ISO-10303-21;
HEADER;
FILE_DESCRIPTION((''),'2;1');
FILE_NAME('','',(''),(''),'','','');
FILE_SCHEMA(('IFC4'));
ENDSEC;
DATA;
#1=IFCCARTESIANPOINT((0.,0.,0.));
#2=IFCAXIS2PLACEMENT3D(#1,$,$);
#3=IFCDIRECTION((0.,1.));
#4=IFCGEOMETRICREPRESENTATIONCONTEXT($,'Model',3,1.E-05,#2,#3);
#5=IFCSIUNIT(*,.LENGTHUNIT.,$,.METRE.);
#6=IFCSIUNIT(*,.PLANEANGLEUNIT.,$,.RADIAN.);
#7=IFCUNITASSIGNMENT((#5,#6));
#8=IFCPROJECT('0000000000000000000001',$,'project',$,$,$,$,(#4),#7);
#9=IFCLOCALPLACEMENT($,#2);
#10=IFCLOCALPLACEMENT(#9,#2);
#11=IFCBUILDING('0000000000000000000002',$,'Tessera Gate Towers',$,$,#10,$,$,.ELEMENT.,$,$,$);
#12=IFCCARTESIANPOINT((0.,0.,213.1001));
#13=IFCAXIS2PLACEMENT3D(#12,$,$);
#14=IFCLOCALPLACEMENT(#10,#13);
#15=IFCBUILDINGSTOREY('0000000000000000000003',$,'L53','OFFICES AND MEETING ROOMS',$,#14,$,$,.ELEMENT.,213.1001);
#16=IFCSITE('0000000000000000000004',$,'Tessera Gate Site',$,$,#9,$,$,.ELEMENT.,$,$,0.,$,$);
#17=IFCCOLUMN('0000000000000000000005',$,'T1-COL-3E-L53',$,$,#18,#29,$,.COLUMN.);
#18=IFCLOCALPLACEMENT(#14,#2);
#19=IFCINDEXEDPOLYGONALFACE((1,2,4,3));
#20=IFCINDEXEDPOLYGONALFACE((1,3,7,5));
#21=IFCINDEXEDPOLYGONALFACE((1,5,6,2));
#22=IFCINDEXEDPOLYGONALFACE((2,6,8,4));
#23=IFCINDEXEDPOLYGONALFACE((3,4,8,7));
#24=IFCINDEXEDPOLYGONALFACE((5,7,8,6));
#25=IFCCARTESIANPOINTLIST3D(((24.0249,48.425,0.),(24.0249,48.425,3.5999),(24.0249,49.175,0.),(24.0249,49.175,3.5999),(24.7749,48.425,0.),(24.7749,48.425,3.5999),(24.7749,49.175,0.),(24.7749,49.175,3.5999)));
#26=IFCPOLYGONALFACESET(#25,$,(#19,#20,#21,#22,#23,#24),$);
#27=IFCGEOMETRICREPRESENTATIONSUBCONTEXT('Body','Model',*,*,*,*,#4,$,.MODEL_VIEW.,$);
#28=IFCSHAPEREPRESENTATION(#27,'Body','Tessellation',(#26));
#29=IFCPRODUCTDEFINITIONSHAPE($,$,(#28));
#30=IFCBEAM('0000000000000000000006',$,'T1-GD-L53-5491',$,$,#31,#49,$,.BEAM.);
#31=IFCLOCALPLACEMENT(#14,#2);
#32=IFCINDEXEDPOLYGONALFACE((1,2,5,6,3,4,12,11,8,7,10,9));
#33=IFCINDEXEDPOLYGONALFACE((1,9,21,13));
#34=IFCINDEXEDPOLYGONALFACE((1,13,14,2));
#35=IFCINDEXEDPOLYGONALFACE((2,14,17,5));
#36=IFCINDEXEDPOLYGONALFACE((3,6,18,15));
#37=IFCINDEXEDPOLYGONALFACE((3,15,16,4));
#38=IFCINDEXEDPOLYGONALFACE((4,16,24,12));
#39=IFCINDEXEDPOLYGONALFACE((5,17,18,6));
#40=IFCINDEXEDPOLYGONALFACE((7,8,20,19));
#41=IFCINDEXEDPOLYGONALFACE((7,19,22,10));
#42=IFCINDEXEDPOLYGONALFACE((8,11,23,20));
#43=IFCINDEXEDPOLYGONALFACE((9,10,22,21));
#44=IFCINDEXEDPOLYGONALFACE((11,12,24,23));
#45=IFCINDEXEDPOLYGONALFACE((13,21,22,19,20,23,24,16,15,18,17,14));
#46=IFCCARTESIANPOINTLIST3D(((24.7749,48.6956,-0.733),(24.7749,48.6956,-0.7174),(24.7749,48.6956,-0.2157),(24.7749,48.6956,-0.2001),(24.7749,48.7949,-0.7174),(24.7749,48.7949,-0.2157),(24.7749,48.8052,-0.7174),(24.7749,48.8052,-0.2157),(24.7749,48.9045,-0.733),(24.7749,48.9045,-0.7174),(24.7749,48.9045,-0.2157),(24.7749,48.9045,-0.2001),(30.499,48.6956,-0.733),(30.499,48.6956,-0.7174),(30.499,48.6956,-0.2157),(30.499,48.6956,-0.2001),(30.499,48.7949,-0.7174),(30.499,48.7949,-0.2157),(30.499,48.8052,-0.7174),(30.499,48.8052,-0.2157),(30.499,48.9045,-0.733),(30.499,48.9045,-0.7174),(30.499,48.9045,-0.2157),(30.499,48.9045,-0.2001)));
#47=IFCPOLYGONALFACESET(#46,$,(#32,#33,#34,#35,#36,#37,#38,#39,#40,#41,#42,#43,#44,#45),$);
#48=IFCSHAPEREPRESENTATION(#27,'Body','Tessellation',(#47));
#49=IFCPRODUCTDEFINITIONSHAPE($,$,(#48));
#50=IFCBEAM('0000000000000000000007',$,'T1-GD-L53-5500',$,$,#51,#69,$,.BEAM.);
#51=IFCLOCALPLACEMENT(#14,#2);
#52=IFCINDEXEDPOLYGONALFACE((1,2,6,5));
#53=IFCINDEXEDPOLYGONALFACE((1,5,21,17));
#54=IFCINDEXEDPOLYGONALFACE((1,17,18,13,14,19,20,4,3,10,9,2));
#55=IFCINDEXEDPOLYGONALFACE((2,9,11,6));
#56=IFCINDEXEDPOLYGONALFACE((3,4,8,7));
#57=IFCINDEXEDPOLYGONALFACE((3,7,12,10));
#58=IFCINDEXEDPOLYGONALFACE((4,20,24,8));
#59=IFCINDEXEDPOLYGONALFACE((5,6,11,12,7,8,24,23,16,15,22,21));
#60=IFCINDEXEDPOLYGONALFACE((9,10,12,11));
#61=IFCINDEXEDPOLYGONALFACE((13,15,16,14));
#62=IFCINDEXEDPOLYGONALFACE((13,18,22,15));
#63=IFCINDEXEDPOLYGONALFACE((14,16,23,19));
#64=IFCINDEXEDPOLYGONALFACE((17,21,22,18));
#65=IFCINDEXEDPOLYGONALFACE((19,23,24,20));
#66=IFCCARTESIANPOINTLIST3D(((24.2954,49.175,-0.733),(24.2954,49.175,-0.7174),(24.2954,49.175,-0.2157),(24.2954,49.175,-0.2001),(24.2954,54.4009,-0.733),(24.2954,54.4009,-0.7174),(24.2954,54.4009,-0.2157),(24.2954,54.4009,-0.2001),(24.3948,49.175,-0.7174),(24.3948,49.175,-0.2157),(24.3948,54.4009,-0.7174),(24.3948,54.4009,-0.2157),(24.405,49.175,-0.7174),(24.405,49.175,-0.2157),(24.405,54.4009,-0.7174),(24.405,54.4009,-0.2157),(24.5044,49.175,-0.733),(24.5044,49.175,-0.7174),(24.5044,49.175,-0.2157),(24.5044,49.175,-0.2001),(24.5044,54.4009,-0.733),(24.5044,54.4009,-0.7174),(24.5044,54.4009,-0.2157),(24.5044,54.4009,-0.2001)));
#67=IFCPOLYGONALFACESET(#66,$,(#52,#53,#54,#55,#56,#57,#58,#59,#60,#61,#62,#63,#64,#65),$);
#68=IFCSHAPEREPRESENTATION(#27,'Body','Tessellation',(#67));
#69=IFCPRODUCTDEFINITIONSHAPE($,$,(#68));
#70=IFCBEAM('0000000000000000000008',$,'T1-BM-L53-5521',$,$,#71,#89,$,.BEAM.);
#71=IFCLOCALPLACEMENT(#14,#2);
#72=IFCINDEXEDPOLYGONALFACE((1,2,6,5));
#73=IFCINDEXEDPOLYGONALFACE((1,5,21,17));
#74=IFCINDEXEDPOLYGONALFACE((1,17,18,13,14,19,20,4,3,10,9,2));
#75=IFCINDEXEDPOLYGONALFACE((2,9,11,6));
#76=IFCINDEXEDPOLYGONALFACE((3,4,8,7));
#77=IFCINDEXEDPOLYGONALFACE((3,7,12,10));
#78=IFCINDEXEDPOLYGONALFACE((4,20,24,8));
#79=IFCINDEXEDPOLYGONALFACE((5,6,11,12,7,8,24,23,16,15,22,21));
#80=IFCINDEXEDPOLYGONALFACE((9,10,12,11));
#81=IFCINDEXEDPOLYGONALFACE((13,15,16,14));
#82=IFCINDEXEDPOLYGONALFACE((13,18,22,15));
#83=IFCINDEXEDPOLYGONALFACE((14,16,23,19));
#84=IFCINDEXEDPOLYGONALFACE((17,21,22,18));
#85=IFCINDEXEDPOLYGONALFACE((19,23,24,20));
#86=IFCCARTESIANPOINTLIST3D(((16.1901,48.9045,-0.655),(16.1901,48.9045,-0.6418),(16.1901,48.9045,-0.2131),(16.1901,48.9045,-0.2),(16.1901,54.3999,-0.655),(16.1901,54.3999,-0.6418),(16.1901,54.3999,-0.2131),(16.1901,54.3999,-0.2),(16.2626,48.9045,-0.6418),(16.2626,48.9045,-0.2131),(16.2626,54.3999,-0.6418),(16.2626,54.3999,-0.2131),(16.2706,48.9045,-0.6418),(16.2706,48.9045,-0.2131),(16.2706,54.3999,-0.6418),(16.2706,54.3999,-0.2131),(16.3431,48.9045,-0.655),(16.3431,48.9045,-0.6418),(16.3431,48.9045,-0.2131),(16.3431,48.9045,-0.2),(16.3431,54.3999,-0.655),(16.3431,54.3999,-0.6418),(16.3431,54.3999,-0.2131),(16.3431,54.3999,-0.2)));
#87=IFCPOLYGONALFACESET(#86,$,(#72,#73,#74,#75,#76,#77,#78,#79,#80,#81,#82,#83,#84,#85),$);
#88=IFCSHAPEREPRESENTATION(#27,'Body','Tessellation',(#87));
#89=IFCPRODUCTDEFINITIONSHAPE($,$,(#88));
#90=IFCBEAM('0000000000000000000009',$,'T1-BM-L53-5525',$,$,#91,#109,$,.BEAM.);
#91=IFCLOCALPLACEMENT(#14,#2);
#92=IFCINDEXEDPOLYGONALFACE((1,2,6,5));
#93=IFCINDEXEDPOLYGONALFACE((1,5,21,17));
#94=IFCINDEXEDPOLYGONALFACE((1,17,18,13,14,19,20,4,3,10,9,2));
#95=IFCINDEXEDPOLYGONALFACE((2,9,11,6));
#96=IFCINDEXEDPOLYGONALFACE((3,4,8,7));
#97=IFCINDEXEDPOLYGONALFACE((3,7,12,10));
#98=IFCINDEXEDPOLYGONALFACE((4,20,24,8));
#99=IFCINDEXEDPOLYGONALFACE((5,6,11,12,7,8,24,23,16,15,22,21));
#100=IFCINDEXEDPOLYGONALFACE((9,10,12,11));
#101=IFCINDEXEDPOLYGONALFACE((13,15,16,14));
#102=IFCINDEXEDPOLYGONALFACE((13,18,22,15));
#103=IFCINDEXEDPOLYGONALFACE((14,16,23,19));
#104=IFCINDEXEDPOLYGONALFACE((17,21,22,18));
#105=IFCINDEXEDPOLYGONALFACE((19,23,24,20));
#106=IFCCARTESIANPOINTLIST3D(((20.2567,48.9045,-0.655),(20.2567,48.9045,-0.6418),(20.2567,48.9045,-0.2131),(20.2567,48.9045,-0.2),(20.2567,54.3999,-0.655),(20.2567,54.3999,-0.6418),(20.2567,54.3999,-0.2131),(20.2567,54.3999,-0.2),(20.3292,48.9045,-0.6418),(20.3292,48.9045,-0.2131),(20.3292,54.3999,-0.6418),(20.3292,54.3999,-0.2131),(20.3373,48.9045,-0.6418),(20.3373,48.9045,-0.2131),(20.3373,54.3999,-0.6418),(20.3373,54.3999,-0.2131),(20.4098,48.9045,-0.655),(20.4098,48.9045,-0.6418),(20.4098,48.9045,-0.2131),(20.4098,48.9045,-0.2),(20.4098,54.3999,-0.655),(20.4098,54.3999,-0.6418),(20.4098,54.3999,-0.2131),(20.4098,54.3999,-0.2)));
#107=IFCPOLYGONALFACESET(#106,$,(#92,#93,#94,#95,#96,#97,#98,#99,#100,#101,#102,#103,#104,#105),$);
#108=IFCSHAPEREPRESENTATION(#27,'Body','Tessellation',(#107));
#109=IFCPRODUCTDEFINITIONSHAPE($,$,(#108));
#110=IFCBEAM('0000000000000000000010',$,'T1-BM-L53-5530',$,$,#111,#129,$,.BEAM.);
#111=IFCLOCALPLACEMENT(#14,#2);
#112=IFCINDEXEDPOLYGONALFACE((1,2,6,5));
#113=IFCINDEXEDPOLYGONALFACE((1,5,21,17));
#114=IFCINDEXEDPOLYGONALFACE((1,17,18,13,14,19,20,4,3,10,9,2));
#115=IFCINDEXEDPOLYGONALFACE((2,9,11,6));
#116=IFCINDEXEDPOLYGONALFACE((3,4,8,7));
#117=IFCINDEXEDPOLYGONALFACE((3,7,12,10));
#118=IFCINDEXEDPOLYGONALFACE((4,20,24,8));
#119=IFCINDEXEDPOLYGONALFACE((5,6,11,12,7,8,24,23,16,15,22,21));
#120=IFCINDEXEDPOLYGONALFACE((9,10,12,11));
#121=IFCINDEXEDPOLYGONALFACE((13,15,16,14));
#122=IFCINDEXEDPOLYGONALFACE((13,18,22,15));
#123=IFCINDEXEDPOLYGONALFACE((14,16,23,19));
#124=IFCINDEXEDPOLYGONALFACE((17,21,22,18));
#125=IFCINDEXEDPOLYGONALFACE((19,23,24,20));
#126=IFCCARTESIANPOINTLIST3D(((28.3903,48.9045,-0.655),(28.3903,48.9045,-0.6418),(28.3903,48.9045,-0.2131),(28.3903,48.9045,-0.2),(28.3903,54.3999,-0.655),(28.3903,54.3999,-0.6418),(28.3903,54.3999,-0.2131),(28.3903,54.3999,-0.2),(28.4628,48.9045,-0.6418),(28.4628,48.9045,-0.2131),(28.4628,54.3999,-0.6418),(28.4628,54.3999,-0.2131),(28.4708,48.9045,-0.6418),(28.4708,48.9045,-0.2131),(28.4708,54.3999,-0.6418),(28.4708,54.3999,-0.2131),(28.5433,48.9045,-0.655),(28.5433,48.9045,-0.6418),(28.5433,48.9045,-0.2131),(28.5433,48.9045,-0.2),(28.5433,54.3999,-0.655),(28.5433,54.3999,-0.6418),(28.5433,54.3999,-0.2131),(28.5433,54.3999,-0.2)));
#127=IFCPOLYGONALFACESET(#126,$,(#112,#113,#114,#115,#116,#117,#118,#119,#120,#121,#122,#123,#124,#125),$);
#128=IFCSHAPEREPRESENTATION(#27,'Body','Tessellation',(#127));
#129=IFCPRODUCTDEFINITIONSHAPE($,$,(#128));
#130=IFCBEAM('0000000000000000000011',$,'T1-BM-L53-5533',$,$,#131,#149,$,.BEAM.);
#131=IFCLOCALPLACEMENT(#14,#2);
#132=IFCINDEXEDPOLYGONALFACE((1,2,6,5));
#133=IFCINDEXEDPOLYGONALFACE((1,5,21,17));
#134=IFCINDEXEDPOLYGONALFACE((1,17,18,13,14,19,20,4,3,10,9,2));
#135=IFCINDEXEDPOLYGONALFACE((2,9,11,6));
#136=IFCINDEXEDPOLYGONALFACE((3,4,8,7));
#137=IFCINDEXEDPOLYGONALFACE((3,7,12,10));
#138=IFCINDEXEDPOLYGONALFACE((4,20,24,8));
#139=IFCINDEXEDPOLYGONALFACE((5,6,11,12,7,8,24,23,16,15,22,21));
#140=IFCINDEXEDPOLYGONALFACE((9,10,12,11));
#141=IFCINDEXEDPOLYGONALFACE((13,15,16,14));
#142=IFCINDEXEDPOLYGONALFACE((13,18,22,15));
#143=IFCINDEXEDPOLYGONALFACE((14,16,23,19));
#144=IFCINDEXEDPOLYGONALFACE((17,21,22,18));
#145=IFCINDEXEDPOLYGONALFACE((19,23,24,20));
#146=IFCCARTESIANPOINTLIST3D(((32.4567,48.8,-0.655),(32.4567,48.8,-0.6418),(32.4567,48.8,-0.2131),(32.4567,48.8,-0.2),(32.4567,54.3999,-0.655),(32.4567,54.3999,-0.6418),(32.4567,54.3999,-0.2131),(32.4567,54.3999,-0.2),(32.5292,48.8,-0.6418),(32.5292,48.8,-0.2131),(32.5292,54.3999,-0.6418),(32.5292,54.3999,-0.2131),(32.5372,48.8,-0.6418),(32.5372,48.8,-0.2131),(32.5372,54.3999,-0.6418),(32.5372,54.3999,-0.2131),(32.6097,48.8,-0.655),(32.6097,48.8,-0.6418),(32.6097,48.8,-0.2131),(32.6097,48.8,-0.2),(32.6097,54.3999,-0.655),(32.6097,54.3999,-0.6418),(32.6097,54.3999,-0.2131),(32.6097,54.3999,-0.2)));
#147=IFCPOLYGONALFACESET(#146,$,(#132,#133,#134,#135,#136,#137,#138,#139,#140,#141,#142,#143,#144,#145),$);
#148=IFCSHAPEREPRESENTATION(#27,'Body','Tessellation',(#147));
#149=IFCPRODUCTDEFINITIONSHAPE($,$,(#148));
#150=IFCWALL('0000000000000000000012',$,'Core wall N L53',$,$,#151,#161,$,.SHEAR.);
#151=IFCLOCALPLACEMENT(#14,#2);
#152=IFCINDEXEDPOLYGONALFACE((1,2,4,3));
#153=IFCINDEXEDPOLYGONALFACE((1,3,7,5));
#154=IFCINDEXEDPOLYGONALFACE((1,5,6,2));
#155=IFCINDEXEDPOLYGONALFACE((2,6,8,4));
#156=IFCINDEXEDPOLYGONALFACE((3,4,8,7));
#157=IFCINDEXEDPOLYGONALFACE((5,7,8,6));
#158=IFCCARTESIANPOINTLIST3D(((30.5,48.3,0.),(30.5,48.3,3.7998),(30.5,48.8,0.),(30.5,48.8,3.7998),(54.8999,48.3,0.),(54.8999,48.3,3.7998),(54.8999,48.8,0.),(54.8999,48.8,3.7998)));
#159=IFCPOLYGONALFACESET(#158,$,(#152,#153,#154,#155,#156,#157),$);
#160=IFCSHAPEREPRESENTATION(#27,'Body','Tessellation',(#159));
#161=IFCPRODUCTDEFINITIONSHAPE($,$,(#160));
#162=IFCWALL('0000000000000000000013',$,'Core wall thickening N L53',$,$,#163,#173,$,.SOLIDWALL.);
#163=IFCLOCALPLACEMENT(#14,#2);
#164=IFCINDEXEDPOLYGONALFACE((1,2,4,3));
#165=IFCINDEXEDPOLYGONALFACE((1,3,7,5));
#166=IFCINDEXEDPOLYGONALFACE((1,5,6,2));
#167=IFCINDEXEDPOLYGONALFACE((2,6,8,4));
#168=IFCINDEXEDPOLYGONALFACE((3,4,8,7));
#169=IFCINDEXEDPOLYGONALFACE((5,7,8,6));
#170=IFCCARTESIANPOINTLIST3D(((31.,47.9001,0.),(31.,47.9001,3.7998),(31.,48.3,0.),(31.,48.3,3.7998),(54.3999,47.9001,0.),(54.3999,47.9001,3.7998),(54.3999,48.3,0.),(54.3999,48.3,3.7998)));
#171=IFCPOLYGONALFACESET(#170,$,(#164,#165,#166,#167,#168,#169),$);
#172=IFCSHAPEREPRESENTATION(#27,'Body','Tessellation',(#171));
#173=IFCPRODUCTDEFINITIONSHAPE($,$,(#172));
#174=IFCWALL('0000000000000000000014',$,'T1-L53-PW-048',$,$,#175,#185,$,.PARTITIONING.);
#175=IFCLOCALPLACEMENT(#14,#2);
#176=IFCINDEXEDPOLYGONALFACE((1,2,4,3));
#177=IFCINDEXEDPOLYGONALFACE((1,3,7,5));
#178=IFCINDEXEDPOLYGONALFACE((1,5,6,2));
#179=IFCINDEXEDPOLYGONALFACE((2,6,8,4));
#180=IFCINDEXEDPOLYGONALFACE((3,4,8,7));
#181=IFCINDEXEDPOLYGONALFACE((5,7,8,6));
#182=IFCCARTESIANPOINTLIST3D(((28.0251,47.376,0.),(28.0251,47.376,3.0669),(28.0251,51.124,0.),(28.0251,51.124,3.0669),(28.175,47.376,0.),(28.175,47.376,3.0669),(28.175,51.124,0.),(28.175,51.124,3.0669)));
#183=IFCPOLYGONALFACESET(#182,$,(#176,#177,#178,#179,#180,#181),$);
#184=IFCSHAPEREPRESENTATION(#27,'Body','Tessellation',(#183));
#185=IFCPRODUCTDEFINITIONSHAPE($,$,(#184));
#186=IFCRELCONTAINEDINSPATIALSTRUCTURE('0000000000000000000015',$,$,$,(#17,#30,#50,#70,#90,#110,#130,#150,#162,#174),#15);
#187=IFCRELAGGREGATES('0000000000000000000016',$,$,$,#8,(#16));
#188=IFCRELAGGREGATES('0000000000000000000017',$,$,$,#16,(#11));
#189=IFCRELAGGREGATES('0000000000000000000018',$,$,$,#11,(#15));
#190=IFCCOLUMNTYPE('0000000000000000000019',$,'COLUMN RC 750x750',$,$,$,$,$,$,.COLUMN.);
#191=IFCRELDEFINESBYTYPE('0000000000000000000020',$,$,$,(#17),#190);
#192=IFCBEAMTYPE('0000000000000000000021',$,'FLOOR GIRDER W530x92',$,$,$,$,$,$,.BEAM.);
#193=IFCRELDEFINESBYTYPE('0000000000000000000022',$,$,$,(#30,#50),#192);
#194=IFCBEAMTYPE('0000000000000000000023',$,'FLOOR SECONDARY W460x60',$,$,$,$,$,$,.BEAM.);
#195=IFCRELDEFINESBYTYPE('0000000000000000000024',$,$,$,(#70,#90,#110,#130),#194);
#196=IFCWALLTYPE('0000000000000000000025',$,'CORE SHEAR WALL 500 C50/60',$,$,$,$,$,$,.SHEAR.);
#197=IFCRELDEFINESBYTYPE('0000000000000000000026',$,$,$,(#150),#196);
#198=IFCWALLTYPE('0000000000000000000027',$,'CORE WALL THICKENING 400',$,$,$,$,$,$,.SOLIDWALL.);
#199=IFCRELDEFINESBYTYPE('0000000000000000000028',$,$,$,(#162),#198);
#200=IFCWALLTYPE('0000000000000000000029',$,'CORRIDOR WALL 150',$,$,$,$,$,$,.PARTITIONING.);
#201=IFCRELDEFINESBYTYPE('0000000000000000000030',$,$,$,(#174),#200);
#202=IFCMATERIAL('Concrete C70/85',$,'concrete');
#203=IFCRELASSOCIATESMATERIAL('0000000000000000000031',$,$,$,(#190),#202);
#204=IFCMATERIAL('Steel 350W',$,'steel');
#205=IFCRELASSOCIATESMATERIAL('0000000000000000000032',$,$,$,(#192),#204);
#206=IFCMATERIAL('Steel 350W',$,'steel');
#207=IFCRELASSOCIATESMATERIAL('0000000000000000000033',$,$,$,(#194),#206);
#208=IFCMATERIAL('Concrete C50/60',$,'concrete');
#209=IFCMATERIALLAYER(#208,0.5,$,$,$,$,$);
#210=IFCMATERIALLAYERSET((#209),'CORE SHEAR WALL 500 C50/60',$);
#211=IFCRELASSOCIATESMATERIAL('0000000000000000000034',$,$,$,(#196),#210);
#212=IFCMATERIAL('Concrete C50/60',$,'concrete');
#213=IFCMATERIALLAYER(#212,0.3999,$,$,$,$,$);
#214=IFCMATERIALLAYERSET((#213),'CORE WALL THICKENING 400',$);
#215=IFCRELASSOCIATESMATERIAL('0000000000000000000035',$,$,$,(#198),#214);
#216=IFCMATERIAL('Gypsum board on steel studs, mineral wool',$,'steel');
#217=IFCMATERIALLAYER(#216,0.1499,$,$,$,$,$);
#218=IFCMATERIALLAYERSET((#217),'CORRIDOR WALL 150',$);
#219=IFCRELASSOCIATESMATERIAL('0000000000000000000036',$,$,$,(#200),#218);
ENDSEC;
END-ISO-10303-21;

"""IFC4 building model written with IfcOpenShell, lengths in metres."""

from ifc_helpers import new_model, si_unit, direction, frame, frame_2d, origin, origin_2d, place, context, subcontext, project, spatial, rectangle, i_section, extrude, material, layer, layer_set, material_profile, profile_set, type_object, element, save


model = new_model("IFC4")

# Units and contexts
model_context = context("Model", 3, precision=1e-05, world=origin(), true_north=direction((0.0, 1.0)))
body_context = subcontext(model_context, "Body", "Model", "MODEL_VIEW")
ifc_project = project(units=[si_unit("LENGTHUNIT", "METRE"), si_unit("PLANEANGLEUNIT", "RADIAN")], contexts=[model_context])

# Site, building, storey
site_placement = place(None, origin())
site = spatial("IfcSite", under=ifc_project, at=site_placement, Name="Tessera Gate Site", CompositionType="ELEMENT", RefElevation=0.0)
building_placement = place(site_placement, origin())
building = spatial("IfcBuilding", under=site, at=building_placement, Name="Tessera Gate Towers", CompositionType="ELEMENT")
storey_placement = place(building_placement, frame((0.0, 0.0, 213.1001)))
storey = spatial("IfcBuildingStorey", under=building, at=storey_placement, Name="L53", Description="OFFICES AND MEETING ROOMS", CompositionType="ELEMENT", Elevation=213.1001)

# Column
ifc_material_1 = material(Name="Concrete C70/85", Category="concrete")
ifc_material_profile_1 = material_profile(ifc_material_1, rectangle(XDim=0.75, YDim=0.75, at=origin_2d()), Name="RC 750x750")
ifc_profile_set_1 = profile_set([ifc_material_profile_1], Name="Concrete C70/85")
column_type = type_object("IfcColumnType", Name="COLUMN RC 750x750", PredefinedType="COLUMN", material=ifc_profile_set_1)
column_placement = place(storey_placement, frame((24.3999, 48.8, 0.0), z_axis=(0.0, 0.0, 1.0), x_axis=(1.0, 0.0, 0.0)))
element("IfcColumn", 1, at=column_placement, inside=storey, type_object=column_type, Name="T1-COL-3E-L53", PredefinedType="COLUMN", context=body_context, shape_type="SweptSolid", body=[
    extrude(rectangle(XDim=0.75, YDim=0.75, at=origin_2d()), origin(), (0.0, 0.0, 1.0), 3.5999),
])

# Beams
ifc_material_2 = material(Name="Steel 350W", Category="steel")
ifc_material_profile_2 = material_profile(ifc_material_2, i_section(OverallWidth=0.209, OverallDepth=0.533, WebThickness=0.0103, FlangeThickness=0.0156, at=origin_2d()), Name="W530x92")
ifc_profile_set_2 = profile_set([ifc_material_profile_2], Name="Steel 350W")
beam_type_1 = type_object("IfcBeamType", Name="FLOOR GIRDER W530x92", PredefinedType="BEAM", material=ifc_profile_set_2)
beam_1_placement = place(storey_placement, frame((24.7749, 48.8, -0.4666), z_axis=(1.0, 0.0, 0.0), x_axis=(0.0, 1.0, 0.0)))
element("IfcBeam", 2, at=beam_1_placement, inside=storey, type_object=beam_type_1, Name="T1-GD-L53-5491", PredefinedType="BEAM", context=body_context, shape_type="SweptSolid", body=[
    extrude(i_section(OverallWidth=0.209, OverallDepth=0.533, WebThickness=0.0103, FlangeThickness=0.0156, at=origin_2d()), origin(), (0.0, 0.0, 1.0), 5.7241),
])
beam_2_placement = place(storey_placement, frame((24.3999, 49.175, -0.4666), z_axis=(0.0, 1.0, 0.0), x_axis=(-1.0, 0.0, 0.0)))
element("IfcBeam", 3, at=beam_2_placement, inside=storey, type_object=beam_type_1, Name="T1-GD-L53-5500", PredefinedType="BEAM", context=body_context, shape_type="SweptSolid", body=[
    extrude(i_section(OverallWidth=0.209, OverallDepth=0.533, WebThickness=0.0103, FlangeThickness=0.0156, at=origin_2d()), origin(), (0.0, 0.0, 1.0), 5.2258),
])
ifc_material_3 = material(Name="Steel 350W", Category="steel")
ifc_material_profile_3 = material_profile(ifc_material_3, i_section(OverallWidth=0.1531, OverallDepth=0.4551, WebThickness=0.0081, FlangeThickness=0.0132, at=origin_2d()), Name="W460x60")
ifc_profile_set_3 = profile_set([ifc_material_profile_3], Name="Steel 350W")
beam_type_2 = type_object("IfcBeamType", Name="FLOOR SECONDARY W460x60", PredefinedType="BEAM", material=ifc_profile_set_3)
for number, where, z_axis, x_axis, name in (
    (4, (16.2666, 48.9045, -0.4275), (0.0, 1.0, 0.0), (-1.0, 0.0, 0.0), "T1-BM-L53-5521"),
    (5, (20.3333, 48.9045, -0.4275), (0.0, 1.0, 0.0), (-1.0, 0.0, 0.0), "T1-BM-L53-5525"),
    (6, (28.4668, 48.9045, -0.4275), (0.0, 1.0, 0.0), (-1.0, 0.0, 0.0), "T1-BM-L53-5530"),
):
    element("IfcBeam", number, at=place(storey_placement, frame(where, z_axis=z_axis, x_axis=x_axis)), inside=storey, type_object=beam_type_2, Name=name, PredefinedType="BEAM", context=body_context, shape_type="SweptSolid", body=[
        extrude(i_section(OverallWidth=0.1531, OverallDepth=0.4551, WebThickness=0.0081, FlangeThickness=0.0132, at=origin_2d()), origin(), (0.0, 0.0, 1.0), 5.4954),
    ])
beam_3_placement = place(storey_placement, frame((32.5332, 48.8, -0.4275), z_axis=(0.0, 1.0, 0.0), x_axis=(-1.0, 0.0, 0.0)))
element("IfcBeam", 7, at=beam_3_placement, inside=storey, type_object=beam_type_2, Name="T1-BM-L53-5533", PredefinedType="BEAM", context=body_context, shape_type="SweptSolid", body=[
    extrude(i_section(OverallWidth=0.1531, OverallDepth=0.4551, WebThickness=0.0081, FlangeThickness=0.0132, at=origin_2d()), origin(), (0.0, 0.0, 1.0), 5.5999),
])

# Walls
ifc_material_4 = material(Name="Concrete C50/60", Category="concrete")
ifc_layer_1 = layer(ifc_material_4, 0.5)
ifc_layer_set_1 = layer_set([ifc_layer_1], Name="CORE SHEAR WALL 500 C50/60")
wall_type_1 = type_object("IfcWallType", Name="CORE SHEAR WALL 500 C50/60", PredefinedType="SHEAR", material=ifc_layer_set_1)
wall_1_placement = place(storey_placement, frame((30.5, 48.55, 0.0), z_axis=(0.0, 0.0, 1.0), x_axis=(1.0, 0.0, 0.0)))
element("IfcWall", 8, at=wall_1_placement, inside=storey, type_object=wall_type_1, Name="Core wall N L53", PredefinedType="SHEAR", context=body_context, shape_type="SweptSolid", body=[
    extrude(rectangle(XDim=24.3999, YDim=0.5, at=frame_2d((12.2, 0.0))), origin(), (0.0, 0.0, 1.0), 3.7998),
])
ifc_material_5 = material(Name="Concrete C50/60", Category="concrete")
ifc_layer_2 = layer(ifc_material_5, 0.3999)
ifc_layer_set_2 = layer_set([ifc_layer_2], Name="CORE WALL THICKENING 400")
wall_type_2 = type_object("IfcWallType", Name="CORE WALL THICKENING 400", PredefinedType="SOLIDWALL", material=ifc_layer_set_2)
wall_2_placement = place(storey_placement, frame((31.0, 48.1001, 0.0), z_axis=(0.0, 0.0, 1.0), x_axis=(1.0, 0.0, 0.0)))
element("IfcWall", 9, at=wall_2_placement, inside=storey, type_object=wall_type_2, Name="Core wall thickening N L53", PredefinedType="SOLIDWALL", context=body_context, shape_type="SweptSolid", body=[
    extrude(rectangle(XDim=23.3999, YDim=0.3999, at=frame_2d((11.7, 0.0))), origin(), (0.0, 0.0, 1.0), 3.7998),
])
ifc_material_6 = material(Name="Gypsum board on steel studs, mineral wool", Category="steel")
ifc_layer_3 = layer(ifc_material_6, 0.1499)
ifc_layer_set_3 = layer_set([ifc_layer_3], Name="CORRIDOR WALL 150")
wall_type_3 = type_object("IfcWallType", Name="CORRIDOR WALL 150", PredefinedType="PARTITIONING", material=ifc_layer_set_3)
wall_3_placement = place(storey_placement, frame((28.1001, 47.376, 0.0), z_axis=(0.0, 0.0, 1.0), x_axis=(0.0, 1.0, 0.0)))
element("IfcWall", 10, at=wall_3_placement, inside=storey, type_object=wall_type_3, Name="T1-L53-PW-048", PredefinedType="PARTITIONING", context=body_context, shape_type="SweptSolid", body=[
    extrude(rectangle(XDim=3.748, YDim=0.1499, at=frame_2d((1.874, 0.0))), origin(), (0.0, 0.0, 1.0), 3.0669),
])

save(model, "model.ifc")
